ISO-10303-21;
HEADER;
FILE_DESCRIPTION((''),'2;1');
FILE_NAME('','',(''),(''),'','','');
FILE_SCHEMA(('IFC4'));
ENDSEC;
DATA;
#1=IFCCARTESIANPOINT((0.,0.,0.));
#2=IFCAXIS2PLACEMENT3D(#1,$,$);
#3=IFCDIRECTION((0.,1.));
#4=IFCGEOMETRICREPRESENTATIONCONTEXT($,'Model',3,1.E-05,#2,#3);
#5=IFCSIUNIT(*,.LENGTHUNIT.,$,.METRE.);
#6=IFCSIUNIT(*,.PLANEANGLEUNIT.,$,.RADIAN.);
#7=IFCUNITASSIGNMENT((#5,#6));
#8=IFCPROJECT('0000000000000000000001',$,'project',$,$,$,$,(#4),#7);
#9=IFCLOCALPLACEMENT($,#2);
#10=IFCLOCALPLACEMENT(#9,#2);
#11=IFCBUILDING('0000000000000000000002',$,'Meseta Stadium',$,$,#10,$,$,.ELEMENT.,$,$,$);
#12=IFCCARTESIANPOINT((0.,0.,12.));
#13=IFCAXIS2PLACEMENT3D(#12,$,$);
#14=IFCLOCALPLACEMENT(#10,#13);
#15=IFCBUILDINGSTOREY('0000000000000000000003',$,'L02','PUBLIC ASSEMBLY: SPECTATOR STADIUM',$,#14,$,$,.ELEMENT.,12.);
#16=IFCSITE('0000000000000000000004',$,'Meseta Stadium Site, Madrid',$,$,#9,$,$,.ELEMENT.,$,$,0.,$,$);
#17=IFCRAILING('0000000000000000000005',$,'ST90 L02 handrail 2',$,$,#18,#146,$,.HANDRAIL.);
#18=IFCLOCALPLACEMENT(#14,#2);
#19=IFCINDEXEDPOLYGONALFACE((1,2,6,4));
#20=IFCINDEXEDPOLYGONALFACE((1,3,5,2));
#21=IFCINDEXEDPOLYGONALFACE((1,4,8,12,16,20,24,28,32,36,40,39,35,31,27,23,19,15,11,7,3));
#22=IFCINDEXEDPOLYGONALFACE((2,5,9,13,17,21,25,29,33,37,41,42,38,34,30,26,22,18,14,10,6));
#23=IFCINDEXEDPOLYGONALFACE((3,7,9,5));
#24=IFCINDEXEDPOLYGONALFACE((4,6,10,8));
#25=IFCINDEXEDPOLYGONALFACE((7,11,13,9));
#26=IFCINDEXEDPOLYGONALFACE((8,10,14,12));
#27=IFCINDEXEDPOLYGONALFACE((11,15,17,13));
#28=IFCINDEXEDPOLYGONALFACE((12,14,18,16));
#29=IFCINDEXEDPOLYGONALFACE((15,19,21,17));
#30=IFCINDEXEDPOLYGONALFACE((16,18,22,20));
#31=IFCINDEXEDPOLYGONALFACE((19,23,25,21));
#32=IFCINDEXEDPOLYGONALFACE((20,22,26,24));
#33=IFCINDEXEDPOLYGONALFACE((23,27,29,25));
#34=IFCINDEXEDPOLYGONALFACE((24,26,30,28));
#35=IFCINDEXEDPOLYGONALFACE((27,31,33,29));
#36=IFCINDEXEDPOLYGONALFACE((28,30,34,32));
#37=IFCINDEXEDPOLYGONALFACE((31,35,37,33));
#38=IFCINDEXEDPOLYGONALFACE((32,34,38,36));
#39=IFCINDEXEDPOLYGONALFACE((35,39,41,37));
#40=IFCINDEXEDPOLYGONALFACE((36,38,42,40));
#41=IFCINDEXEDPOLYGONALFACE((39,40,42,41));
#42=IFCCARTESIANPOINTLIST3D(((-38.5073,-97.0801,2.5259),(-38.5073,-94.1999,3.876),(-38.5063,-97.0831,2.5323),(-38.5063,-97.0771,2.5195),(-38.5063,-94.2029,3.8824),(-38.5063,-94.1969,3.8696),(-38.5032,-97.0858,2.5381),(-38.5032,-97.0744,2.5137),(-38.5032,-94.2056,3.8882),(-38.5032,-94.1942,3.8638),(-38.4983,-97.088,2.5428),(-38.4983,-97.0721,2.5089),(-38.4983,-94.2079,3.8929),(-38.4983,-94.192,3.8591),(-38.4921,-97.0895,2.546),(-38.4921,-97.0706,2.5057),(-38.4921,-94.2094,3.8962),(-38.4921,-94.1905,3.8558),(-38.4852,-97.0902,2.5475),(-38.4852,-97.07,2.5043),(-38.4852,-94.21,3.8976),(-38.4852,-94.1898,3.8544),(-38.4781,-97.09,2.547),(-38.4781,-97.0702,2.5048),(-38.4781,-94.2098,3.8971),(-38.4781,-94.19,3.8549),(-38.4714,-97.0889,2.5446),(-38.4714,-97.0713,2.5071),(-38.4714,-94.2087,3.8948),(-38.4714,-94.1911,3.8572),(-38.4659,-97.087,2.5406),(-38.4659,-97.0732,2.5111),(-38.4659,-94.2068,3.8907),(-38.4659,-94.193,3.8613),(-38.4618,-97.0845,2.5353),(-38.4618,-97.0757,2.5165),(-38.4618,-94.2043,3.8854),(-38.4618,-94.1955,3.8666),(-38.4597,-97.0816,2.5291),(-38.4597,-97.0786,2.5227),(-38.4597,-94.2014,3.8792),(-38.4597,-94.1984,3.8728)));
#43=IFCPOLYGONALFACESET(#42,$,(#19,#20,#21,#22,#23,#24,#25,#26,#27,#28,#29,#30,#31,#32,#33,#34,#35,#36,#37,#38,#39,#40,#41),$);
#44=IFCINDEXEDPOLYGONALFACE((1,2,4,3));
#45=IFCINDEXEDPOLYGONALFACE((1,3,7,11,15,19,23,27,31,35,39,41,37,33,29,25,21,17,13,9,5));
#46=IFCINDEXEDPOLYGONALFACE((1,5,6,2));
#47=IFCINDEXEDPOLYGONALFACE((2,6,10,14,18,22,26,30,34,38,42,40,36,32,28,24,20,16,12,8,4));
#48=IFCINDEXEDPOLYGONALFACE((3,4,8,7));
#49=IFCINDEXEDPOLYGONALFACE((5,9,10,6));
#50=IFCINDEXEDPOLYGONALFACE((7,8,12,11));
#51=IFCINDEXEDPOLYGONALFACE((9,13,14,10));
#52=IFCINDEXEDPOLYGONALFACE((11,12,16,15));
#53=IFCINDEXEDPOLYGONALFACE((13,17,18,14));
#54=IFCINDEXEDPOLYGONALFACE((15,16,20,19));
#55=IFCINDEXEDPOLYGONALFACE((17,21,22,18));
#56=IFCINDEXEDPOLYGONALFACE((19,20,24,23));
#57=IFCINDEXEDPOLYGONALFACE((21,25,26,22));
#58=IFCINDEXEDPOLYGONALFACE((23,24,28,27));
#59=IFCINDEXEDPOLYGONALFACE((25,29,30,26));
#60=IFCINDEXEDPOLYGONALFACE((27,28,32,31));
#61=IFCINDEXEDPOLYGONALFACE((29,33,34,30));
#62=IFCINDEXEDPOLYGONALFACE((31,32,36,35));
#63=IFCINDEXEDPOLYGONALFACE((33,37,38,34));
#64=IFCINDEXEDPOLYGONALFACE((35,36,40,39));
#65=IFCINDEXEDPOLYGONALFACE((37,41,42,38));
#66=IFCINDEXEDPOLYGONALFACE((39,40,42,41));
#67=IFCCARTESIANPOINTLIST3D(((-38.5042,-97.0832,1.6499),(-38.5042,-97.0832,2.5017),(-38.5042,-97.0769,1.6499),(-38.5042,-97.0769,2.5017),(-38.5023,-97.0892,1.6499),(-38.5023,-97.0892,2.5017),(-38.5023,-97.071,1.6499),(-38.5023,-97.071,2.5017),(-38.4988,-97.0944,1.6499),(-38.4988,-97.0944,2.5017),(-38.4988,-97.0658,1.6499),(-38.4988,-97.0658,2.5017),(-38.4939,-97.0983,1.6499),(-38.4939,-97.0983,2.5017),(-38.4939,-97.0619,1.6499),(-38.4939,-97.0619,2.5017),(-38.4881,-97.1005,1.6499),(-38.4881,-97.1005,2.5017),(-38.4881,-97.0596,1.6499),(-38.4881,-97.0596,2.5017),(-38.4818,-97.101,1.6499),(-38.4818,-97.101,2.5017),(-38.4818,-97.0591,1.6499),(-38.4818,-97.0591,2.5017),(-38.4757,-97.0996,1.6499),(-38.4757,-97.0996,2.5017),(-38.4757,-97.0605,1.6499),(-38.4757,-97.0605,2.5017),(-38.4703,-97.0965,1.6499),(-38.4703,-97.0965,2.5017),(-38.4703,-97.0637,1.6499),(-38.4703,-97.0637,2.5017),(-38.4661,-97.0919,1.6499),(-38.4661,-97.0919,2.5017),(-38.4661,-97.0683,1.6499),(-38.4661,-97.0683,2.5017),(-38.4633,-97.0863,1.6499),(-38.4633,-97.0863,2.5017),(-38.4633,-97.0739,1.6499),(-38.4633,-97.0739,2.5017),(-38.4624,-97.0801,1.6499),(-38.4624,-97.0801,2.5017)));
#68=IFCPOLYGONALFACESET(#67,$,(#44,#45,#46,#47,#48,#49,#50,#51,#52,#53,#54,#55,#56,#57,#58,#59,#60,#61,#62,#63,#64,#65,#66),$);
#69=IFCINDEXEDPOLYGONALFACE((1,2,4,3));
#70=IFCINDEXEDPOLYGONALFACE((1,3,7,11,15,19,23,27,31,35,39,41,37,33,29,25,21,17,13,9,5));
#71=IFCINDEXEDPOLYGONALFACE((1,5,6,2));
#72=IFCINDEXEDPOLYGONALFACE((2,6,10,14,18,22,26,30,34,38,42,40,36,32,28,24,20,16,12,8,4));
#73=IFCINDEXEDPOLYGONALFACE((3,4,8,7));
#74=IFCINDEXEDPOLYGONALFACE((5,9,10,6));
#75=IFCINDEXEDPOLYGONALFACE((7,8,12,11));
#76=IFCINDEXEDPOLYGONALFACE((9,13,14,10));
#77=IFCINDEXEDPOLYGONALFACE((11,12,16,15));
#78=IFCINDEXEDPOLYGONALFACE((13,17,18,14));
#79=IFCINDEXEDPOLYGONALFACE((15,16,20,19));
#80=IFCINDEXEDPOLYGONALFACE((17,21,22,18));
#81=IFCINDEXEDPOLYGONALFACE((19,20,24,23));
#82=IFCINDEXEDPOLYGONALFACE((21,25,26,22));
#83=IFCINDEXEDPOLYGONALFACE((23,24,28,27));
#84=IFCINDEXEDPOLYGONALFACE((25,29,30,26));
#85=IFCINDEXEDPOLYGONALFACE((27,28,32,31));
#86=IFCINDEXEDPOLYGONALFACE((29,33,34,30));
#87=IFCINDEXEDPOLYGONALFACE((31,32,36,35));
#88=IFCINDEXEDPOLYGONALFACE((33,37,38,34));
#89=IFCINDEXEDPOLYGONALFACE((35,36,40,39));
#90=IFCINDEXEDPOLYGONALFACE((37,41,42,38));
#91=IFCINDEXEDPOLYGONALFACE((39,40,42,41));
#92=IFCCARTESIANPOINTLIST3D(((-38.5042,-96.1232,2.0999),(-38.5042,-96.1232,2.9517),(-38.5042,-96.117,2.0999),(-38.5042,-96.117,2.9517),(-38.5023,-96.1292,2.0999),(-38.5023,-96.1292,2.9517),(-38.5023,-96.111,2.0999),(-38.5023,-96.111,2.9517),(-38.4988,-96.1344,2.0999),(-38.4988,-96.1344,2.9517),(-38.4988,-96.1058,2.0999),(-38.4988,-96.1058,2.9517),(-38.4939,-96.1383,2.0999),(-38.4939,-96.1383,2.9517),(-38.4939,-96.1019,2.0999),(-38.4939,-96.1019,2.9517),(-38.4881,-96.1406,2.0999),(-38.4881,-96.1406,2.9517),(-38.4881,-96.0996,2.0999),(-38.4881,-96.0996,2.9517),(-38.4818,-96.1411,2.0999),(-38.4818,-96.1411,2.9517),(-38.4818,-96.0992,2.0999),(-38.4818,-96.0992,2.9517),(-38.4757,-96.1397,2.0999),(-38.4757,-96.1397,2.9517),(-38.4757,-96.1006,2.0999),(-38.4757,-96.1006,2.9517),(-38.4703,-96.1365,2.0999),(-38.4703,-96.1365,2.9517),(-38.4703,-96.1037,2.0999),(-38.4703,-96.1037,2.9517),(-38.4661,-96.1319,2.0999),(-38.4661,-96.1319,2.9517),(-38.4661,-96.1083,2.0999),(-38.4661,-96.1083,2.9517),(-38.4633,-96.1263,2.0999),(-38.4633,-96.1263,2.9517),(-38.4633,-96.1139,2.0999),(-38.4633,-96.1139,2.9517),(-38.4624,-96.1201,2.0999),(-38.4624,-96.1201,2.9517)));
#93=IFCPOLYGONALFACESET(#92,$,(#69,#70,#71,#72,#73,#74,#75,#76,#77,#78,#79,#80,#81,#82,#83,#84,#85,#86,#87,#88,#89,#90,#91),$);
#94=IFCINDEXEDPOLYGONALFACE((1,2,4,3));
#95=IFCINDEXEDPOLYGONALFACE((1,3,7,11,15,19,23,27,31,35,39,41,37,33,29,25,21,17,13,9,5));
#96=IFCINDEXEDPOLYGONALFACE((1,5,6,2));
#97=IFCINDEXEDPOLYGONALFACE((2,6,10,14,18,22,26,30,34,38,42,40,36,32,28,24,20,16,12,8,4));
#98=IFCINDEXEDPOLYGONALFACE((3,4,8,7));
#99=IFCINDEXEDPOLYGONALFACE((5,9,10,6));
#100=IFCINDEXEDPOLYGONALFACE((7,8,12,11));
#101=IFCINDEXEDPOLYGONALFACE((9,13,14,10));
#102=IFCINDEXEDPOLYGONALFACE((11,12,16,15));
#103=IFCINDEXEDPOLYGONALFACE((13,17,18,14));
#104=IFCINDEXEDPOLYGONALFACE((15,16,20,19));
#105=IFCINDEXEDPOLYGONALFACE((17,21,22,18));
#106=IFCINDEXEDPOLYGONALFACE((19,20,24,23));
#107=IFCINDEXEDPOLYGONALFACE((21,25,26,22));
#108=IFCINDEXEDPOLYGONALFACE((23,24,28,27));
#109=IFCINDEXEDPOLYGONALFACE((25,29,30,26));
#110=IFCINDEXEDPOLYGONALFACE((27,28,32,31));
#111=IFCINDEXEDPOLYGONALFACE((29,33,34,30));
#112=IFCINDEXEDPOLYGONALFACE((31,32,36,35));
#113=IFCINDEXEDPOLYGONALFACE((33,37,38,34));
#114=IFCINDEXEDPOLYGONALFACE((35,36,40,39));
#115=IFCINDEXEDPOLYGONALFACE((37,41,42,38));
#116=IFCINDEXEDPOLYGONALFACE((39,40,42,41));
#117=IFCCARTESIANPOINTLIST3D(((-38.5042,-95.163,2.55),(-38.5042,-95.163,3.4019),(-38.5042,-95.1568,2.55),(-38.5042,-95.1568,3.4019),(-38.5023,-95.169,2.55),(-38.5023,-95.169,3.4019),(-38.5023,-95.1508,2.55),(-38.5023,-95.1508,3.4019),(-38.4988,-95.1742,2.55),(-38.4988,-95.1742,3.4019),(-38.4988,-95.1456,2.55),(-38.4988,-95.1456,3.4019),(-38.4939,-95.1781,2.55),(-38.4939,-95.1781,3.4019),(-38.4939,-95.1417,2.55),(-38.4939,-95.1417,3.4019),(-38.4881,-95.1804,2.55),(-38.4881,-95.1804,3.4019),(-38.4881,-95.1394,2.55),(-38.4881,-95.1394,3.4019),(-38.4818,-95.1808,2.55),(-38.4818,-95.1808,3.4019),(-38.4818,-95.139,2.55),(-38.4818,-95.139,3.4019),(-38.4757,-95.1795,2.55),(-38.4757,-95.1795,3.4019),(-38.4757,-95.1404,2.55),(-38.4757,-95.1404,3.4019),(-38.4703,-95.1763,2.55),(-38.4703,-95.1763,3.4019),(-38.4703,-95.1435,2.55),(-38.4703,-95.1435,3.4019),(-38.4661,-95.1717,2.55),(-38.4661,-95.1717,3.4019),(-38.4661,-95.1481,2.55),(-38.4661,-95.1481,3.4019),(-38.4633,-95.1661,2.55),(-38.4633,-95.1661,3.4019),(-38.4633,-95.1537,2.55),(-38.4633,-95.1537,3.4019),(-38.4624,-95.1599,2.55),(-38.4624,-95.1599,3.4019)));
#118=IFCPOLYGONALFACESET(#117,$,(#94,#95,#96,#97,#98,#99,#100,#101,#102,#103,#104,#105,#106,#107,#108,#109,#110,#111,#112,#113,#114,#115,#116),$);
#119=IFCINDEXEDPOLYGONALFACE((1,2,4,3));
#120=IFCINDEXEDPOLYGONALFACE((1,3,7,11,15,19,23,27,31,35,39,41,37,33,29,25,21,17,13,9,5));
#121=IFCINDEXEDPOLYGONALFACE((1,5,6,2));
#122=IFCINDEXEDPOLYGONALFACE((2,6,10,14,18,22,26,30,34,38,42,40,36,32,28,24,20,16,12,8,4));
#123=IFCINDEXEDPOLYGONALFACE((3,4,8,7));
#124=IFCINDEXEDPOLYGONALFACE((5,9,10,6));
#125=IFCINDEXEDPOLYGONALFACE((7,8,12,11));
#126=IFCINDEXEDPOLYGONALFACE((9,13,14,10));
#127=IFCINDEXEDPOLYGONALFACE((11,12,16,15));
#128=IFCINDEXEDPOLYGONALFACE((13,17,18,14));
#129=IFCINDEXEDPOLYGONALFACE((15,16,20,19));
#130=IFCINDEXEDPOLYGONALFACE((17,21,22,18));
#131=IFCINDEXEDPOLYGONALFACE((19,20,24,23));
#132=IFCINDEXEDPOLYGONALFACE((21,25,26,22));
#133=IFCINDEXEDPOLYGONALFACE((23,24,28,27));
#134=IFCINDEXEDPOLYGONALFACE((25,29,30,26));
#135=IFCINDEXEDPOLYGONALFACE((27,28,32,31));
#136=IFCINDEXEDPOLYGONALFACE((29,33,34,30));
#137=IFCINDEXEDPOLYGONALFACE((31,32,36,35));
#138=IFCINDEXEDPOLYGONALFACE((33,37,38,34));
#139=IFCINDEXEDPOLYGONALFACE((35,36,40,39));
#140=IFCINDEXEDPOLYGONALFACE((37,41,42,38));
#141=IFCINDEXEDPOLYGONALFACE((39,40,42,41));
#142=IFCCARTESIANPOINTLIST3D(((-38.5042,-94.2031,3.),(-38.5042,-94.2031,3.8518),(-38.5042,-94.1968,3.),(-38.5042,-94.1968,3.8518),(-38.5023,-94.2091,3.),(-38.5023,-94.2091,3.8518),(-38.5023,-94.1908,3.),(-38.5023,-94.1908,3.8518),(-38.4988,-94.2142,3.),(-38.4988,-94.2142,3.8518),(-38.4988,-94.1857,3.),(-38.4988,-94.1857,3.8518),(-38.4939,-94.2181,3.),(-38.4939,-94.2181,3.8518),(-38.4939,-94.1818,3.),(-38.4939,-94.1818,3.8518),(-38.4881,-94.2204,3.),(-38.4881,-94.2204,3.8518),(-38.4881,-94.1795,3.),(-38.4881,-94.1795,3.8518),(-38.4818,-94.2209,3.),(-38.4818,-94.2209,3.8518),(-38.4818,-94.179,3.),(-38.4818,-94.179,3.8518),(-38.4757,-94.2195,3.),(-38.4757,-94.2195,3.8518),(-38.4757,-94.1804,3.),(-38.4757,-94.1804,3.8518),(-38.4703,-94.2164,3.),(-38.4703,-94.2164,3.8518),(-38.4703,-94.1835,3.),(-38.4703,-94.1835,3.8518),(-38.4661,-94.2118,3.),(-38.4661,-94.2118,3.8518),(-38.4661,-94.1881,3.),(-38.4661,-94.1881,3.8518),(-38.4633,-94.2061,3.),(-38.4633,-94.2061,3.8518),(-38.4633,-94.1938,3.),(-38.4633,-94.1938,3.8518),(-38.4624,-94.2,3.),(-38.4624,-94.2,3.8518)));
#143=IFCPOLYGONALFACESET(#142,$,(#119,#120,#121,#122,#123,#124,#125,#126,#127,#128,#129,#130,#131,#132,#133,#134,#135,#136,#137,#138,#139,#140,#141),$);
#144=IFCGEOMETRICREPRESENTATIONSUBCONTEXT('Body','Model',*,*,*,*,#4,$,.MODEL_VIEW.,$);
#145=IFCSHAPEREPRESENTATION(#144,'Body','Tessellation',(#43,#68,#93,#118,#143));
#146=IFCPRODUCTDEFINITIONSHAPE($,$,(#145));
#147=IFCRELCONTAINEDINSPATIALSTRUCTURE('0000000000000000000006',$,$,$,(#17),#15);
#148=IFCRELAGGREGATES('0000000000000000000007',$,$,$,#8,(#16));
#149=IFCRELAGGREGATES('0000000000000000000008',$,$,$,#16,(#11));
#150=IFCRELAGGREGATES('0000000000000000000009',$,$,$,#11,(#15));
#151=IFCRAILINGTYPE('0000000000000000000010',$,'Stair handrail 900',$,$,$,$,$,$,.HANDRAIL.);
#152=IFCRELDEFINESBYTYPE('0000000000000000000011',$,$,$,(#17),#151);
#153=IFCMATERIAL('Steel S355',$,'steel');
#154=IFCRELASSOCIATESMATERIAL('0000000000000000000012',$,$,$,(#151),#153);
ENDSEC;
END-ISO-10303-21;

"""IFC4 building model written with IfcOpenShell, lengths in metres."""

from ifc_helpers import new_model, si_unit, direction, frame, origin, origin_2d, place, context, subcontext, project, spatial, circle, extrude, material, type_object, element, save


model = new_model("IFC4")

# Units and contexts
model_context = context("Model", 3, precision=1e-05, world=origin(), true_north=direction((0.0, 1.0)))
body_context = subcontext(model_context, "Body", "Model", "MODEL_VIEW")
ifc_project = project(units=[si_unit("LENGTHUNIT", "METRE"), si_unit("PLANEANGLEUNIT", "RADIAN")], contexts=[model_context])

# Site, building, storey
site_placement = place(None, origin())
site = spatial("IfcSite", under=ifc_project, at=site_placement, Name="Meseta Stadium Site, Madrid", CompositionType="ELEMENT", RefElevation=0.0)
building_placement = place(site_placement, origin())
building = spatial("IfcBuilding", under=site, at=building_placement, Name="Meseta Stadium", CompositionType="ELEMENT")
storey_placement = place(building_placement, frame((0.0, 0.0, 12.0)))
storey = spatial("IfcBuildingStorey", under=building, at=storey_placement, Name="L02", Description="PUBLIC ASSEMBLY: SPECTATOR STADIUM", CompositionType="ELEMENT", Elevation=12.0)

# Railing
ifc_material_1 = material(Name="Steel S355", Category="steel")
railing_type_1 = type_object("IfcRailingType", Name="Stair handrail 900", PredefinedType="HANDRAIL", material=ifc_material_1)
for number, where, name in (
    (1, (-38.4834, -97.0801, 1.6499), "ST90 L02 handrail 2"),
):
    element("IfcRailing", number, at=place(storey_placement, frame(where)), inside=storey, type_object=railing_type_1, Name=name, PredefinedType="HANDRAIL", context=body_context, shape_type="SweptSolid", body=[
        extrude(circle(Radius=0.0239, at=origin_2d()), frame((0.0, 0.0, 0.876), z_axis=(0.0, 0.905454, 0.424444), x_axis=(-1.0, 0.0, 0.0)), (0.0, 0.0, 1.0), 3.1809),
        extrude(circle(Radius=0.021, at=origin_2d()), origin(), (0.0, 0.0, 1.0), 0.8518),
        extrude(circle(Radius=0.021, at=origin_2d()), frame((0.0, 0.96, 0.45)), (0.0, 0.0, 1.0), 0.8518),
        extrude(circle(Radius=0.021, at=origin_2d()), frame((0.0, 1.9202, 0.9001)), (0.0, 0.0, 1.0), 0.8518),
        extrude(circle(Radius=0.021, at=origin_2d()), frame((0.0, 2.8801, 1.3501)), (0.0, 0.0, 1.0), 0.8518),
    ])

save(model, "model.ifc")
